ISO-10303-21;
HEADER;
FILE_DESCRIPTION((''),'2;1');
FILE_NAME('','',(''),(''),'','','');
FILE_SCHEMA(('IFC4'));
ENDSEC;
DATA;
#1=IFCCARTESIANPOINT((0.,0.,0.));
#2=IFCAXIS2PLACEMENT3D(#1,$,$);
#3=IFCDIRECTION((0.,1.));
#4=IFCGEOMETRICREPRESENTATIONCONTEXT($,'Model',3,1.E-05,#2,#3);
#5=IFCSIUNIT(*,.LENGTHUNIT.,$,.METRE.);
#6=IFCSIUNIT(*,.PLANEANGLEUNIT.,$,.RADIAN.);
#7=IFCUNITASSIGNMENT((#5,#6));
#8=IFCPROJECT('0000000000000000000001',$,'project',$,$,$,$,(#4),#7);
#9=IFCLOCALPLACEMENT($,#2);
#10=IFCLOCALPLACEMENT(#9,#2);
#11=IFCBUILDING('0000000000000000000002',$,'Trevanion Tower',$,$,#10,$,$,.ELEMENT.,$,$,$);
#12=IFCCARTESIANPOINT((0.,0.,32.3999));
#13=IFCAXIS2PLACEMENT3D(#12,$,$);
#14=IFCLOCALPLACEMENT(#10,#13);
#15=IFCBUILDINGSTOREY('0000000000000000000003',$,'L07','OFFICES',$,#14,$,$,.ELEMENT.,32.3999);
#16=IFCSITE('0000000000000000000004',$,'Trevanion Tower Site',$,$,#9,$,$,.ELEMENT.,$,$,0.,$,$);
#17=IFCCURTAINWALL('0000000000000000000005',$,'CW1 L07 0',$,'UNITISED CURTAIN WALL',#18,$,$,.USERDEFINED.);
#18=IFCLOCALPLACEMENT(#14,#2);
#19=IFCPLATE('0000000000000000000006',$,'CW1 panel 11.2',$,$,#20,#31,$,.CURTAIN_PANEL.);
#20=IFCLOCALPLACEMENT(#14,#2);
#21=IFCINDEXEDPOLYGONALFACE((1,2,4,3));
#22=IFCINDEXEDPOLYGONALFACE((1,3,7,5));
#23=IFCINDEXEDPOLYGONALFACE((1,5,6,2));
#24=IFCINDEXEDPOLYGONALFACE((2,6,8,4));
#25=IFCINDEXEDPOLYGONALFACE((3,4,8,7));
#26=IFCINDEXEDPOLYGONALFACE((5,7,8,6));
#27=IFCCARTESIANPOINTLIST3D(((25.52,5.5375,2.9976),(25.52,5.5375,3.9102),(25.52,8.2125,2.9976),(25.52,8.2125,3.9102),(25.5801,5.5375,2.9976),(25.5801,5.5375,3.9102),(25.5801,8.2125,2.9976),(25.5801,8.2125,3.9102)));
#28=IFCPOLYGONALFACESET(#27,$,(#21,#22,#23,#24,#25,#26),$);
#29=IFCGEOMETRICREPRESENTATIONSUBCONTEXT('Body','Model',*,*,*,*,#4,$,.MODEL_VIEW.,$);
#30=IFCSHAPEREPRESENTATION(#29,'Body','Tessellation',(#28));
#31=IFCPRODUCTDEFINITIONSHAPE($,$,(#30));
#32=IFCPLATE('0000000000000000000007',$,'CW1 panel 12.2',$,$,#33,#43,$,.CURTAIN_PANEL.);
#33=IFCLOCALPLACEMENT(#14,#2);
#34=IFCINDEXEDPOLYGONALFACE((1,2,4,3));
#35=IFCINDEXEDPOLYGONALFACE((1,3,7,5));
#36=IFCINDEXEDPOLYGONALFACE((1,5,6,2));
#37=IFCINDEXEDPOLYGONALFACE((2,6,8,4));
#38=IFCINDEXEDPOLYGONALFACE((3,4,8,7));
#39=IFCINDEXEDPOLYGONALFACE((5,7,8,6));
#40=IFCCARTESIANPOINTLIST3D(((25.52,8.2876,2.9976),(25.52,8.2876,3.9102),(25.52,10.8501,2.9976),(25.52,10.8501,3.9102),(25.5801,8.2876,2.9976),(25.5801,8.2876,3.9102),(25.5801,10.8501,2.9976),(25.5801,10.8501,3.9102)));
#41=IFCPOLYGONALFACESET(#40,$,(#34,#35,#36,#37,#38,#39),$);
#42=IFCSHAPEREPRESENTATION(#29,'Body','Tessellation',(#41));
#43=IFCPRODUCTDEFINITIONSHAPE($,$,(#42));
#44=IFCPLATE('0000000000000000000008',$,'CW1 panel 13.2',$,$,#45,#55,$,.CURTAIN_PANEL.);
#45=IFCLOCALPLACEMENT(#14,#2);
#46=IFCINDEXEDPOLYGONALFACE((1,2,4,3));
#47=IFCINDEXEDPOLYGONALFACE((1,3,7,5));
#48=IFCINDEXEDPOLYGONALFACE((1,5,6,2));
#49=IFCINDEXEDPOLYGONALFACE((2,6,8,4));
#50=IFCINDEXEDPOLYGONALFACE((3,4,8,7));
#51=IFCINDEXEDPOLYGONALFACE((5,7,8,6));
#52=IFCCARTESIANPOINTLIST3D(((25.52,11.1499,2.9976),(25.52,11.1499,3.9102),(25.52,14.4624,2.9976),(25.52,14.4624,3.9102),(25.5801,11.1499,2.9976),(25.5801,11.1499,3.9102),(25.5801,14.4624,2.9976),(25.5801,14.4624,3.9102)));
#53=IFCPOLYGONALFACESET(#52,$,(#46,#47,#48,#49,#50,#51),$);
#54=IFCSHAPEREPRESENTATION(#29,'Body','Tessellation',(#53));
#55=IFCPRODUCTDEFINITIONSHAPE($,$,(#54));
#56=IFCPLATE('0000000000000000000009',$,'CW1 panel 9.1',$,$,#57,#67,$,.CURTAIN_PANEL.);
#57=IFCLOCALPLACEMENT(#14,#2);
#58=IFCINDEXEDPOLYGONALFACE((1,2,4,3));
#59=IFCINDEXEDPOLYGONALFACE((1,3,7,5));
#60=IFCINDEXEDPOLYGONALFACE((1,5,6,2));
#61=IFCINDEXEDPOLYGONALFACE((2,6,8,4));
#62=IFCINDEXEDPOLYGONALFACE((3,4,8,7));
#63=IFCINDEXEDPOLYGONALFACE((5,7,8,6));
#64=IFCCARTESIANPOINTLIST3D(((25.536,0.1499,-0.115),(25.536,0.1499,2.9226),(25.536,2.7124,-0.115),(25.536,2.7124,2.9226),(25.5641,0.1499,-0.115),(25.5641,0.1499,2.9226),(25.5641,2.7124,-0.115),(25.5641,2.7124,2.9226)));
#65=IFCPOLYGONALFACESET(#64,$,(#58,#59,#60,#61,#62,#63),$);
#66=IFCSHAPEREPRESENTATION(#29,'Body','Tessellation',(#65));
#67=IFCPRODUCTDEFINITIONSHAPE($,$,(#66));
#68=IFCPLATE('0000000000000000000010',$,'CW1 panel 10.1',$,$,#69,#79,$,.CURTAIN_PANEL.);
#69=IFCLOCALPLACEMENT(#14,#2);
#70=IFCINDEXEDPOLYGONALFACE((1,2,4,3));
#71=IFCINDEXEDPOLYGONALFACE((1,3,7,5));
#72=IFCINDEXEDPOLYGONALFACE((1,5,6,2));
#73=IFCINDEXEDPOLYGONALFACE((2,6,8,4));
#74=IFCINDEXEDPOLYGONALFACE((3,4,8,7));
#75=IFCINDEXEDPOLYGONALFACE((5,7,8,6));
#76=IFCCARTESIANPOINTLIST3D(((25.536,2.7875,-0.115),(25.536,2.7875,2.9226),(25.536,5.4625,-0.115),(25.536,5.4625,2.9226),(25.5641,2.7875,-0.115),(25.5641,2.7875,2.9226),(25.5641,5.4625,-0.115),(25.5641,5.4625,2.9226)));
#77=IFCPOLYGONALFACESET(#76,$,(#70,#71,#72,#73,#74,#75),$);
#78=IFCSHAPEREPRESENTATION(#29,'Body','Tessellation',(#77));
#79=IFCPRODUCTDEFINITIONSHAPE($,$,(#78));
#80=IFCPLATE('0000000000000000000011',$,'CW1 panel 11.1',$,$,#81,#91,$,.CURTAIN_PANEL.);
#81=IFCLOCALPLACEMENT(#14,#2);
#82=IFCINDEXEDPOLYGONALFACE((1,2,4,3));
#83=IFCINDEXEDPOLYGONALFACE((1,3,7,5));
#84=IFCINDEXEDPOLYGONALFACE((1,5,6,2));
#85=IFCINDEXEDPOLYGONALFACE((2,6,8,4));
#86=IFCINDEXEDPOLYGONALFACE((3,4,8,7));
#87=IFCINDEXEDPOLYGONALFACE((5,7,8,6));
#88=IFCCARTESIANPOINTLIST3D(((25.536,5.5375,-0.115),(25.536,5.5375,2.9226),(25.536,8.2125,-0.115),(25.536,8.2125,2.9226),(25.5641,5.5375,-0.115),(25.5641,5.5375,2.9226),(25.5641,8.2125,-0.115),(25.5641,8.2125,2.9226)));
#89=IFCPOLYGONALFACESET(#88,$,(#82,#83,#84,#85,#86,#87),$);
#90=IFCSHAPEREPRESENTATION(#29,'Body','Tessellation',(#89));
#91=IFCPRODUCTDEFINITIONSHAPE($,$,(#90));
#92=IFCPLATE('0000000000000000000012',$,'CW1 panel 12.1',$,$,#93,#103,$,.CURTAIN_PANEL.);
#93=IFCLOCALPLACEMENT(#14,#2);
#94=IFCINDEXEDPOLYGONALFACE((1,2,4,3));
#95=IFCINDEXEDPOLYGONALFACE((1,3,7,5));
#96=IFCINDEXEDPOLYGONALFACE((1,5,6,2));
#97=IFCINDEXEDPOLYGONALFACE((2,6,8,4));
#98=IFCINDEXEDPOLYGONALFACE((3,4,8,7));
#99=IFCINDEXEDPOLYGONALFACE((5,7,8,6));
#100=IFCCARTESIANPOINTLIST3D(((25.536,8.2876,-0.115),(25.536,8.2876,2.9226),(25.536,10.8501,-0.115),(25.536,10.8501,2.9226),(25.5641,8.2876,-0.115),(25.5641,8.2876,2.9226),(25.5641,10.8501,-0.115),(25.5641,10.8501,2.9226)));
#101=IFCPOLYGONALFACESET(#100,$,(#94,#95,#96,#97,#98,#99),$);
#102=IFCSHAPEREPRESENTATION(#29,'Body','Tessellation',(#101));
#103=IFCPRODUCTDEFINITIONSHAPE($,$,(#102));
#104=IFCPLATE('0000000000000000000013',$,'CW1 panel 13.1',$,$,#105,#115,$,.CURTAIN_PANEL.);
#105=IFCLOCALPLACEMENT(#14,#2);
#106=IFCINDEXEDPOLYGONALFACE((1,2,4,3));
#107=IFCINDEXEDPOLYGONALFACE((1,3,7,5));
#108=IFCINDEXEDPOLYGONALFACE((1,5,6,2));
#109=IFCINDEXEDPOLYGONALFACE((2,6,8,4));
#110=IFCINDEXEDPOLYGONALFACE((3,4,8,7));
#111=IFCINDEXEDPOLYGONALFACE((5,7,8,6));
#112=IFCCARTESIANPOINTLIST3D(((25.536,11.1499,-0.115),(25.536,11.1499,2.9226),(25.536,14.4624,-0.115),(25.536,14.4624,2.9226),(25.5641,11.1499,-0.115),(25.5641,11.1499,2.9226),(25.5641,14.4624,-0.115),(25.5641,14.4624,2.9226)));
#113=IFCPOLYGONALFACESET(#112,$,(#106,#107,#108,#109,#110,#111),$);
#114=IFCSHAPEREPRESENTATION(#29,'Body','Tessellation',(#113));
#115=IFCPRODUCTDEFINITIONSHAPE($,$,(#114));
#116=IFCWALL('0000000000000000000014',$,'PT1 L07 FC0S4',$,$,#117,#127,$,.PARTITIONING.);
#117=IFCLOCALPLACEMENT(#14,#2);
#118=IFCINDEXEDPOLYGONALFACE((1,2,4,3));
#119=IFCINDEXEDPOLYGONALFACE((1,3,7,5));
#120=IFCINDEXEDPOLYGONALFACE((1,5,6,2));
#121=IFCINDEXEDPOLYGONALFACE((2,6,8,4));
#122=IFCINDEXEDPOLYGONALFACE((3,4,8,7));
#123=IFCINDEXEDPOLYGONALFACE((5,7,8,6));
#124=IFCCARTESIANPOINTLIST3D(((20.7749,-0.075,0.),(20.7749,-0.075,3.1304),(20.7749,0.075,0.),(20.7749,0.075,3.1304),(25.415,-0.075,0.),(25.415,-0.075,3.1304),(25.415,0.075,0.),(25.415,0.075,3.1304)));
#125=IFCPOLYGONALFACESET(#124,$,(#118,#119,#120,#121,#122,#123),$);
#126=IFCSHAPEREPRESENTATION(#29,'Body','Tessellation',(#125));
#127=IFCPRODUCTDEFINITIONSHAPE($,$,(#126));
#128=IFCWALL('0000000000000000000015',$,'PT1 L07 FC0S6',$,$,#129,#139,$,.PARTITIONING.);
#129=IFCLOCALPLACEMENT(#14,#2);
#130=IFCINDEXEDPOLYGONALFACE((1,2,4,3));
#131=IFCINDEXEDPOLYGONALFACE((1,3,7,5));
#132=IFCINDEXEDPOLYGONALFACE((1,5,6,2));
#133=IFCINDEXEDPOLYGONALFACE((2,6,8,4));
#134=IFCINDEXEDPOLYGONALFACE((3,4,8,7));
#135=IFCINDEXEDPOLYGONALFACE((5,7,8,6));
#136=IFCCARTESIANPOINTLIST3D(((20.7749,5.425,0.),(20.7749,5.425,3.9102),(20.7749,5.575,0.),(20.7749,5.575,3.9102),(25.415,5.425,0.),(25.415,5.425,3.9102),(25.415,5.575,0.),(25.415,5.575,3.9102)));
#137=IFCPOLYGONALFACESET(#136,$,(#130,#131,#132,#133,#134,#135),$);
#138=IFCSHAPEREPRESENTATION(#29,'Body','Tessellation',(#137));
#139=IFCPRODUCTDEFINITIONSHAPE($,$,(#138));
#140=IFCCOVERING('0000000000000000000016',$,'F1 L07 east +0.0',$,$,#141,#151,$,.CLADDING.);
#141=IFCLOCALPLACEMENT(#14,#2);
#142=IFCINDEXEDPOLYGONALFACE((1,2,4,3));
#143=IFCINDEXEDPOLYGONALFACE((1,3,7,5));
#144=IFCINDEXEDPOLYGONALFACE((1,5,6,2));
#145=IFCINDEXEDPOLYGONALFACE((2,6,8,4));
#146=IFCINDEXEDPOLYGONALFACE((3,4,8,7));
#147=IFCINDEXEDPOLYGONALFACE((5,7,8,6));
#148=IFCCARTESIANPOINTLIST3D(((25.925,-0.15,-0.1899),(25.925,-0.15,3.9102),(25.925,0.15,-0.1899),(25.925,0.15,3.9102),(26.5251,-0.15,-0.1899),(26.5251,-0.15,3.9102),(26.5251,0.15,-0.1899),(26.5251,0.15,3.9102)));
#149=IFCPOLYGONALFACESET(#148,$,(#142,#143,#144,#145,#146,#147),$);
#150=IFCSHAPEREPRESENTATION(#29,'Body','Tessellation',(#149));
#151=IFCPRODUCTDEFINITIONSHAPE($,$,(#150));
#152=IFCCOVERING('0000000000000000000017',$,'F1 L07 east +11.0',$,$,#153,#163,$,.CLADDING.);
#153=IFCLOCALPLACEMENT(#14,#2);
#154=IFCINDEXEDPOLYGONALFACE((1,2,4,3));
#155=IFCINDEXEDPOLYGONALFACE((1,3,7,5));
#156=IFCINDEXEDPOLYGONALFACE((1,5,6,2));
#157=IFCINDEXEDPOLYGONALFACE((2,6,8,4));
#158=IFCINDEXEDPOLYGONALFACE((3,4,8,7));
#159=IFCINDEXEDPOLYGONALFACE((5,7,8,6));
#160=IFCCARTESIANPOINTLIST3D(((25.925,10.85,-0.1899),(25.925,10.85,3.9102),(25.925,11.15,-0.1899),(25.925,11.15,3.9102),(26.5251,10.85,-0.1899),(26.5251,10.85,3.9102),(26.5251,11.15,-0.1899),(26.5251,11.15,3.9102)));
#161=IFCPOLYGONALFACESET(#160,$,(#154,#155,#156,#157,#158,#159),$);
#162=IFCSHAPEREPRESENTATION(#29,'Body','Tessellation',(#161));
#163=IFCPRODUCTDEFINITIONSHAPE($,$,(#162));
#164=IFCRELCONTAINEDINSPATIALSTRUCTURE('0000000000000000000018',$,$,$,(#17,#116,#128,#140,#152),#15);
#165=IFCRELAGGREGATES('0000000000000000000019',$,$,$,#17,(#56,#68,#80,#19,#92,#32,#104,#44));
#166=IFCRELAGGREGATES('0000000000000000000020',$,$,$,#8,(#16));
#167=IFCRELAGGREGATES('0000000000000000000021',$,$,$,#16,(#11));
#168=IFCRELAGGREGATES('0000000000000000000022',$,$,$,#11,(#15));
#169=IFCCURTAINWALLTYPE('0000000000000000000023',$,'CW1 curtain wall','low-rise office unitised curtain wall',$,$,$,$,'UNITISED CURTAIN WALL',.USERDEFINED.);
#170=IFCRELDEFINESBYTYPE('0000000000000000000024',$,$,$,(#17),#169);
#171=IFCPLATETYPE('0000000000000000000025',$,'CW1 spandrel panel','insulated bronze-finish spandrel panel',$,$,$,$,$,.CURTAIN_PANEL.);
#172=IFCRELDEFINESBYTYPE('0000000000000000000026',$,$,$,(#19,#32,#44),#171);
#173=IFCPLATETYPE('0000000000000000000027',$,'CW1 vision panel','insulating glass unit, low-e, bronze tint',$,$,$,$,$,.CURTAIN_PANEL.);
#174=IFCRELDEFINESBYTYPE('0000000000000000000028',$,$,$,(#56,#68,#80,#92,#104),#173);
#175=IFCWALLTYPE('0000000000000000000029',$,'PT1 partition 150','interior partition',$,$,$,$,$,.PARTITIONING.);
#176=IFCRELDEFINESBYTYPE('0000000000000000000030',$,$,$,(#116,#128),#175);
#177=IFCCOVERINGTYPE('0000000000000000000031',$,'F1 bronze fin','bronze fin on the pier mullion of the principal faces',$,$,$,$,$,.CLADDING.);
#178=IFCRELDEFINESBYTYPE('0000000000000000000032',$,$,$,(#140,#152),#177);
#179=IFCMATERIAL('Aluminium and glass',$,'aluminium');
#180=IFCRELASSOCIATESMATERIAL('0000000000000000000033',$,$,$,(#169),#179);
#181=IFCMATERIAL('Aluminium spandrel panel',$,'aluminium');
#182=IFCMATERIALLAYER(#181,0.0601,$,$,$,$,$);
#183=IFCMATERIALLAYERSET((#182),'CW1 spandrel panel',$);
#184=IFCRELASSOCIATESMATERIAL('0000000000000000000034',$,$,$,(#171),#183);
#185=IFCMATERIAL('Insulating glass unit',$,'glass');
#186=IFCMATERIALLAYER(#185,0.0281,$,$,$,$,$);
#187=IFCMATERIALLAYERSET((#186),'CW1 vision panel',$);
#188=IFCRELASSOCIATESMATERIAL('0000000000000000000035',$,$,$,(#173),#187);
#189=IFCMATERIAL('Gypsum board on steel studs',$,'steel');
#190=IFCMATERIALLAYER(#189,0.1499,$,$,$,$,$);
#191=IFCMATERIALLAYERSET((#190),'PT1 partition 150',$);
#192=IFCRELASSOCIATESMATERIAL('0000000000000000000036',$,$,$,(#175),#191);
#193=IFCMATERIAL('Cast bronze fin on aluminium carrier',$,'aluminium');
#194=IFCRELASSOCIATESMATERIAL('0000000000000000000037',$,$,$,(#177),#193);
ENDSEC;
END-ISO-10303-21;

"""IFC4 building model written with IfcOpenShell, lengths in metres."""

from ifc_helpers import new_model, si_unit, direction, frame, frame_2d, origin, origin_2d, place, context, subcontext, project, spatial, rectangle, extrude, material, layer, layer_set, type_object, element, aggregate, save


model = new_model("IFC4")

# Units and contexts
model_context = context("Model", 3, precision=1e-05, world=origin(), true_north=direction((0.0, 1.0)))
body_context = subcontext(model_context, "Body", "Model", "MODEL_VIEW")
ifc_project = project(units=[si_unit("LENGTHUNIT", "METRE"), si_unit("PLANEANGLEUNIT", "RADIAN")], contexts=[model_context])

# Site, building, storey
site_placement = place(None, origin())
site = spatial("IfcSite", under=ifc_project, at=site_placement, Name="Trevanion Tower Site", CompositionType="ELEMENT", RefElevation=0.0)
building_placement = place(site_placement, origin())
building = spatial("IfcBuilding", under=site, at=building_placement, Name="Trevanion Tower", CompositionType="ELEMENT")
storey_placement = place(building_placement, frame((0.0, 0.0, 32.3999)))
storey = spatial("IfcBuildingStorey", under=building, at=storey_placement, Name="L07", Description="OFFICES", CompositionType="ELEMENT", Elevation=32.3999)

# Curtain wall
ifc_material_1 = material(Name="Aluminium and glass", Category="aluminium")
curtain_wall_type = type_object("IfcCurtainWallType", Name="CW1 curtain wall", Description="low-rise office unitised curtain wall", ElementType="UNITISED CURTAIN WALL", PredefinedType="USERDEFINED", material=ifc_material_1)
curtain_wall_placement = place(storey_placement, origin())
curtain_wall = element("IfcCurtainWall", 1, at=curtain_wall_placement, inside=storey, type_object=curtain_wall_type, Name="CW1 L07 0", ObjectType="UNITISED CURTAIN WALL", PredefinedType="USERDEFINED")

# Plates
ifc_material_2 = material(Name="Aluminium spandrel panel", Category="aluminium")
ifc_layer_1 = layer(ifc_material_2, 0.0601)
ifc_layer_set_1 = layer_set([ifc_layer_1], Name="CW1 spandrel panel")
plate_type_1 = type_object("IfcPlateType", Name="CW1 spandrel panel", Description="insulated bronze-finish spandrel panel", PredefinedType="CURTAIN_PANEL", material=ifc_layer_set_1)
plate_1_placement = place(storey_placement, frame((25.55, 6.875, 2.9976), z_axis=(0.0, 0.0, 1.0), x_axis=(0.0, 1.0, 0.0)))
plate_1 = element("IfcPlate", 2, at=plate_1_placement, type_object=plate_type_1, Name="CW1 panel 11.2", PredefinedType="CURTAIN_PANEL", context=body_context, shape_type="SweptSolid", body=[
    extrude(rectangle(XDim=2.675, YDim=0.0601, at=origin_2d()), origin(), (0.0, 0.0, 1.0), 0.9126),
])
plate_2_placement = place(storey_placement, frame((25.55, 9.5688, 2.9976), z_axis=(0.0, 0.0, 1.0), x_axis=(0.0, 1.0, 0.0)))
plate_2 = element("IfcPlate", 3, at=plate_2_placement, type_object=plate_type_1, Name="CW1 panel 12.2", PredefinedType="CURTAIN_PANEL", context=body_context, shape_type="SweptSolid", body=[
    extrude(rectangle(XDim=2.5625, YDim=0.0601, at=origin_2d()), origin(), (0.0, 0.0, 1.0), 0.9126),
])
plate_3_placement = place(storey_placement, frame((25.55, 12.8062, 2.9976), z_axis=(0.0, 0.0, 1.0), x_axis=(0.0, 1.0, 0.0)))
plate_3 = element("IfcPlate", 4, at=plate_3_placement, type_object=plate_type_1, Name="CW1 panel 13.2", PredefinedType="CURTAIN_PANEL", context=body_context, shape_type="SweptSolid", body=[
    extrude(rectangle(XDim=3.3125, YDim=0.0601, at=origin_2d()), origin(), (0.0, 0.0, 1.0), 0.9126),
])
ifc_material_3 = material(Name="Insulating glass unit", Category="glass")
ifc_layer_2 = layer(ifc_material_3, 0.0281)
ifc_layer_set_2 = layer_set([ifc_layer_2], Name="CW1 vision panel")
plate_type_2 = type_object("IfcPlateType", Name="CW1 vision panel", Description="insulating glass unit, low-e, bronze tint", PredefinedType="CURTAIN_PANEL", material=ifc_layer_set_2)
plate_4_placement = place(storey_placement, frame((25.55, 1.4312, -0.115), z_axis=(0.0, 0.0, 1.0), x_axis=(0.0, 1.0, 0.0)))
plate_4 = element("IfcPlate", 5, at=plate_4_placement, type_object=plate_type_2, Name="CW1 panel 9.1", PredefinedType="CURTAIN_PANEL", context=body_context, shape_type="SweptSolid", body=[
    extrude(rectangle(XDim=2.5625, YDim=0.0281, at=origin_2d()), origin(), (0.0, 0.0, 1.0), 3.0376),
])
plate_5_placement = place(storey_placement, frame((25.55, 4.125, -0.115), z_axis=(0.0, 0.0, 1.0), x_axis=(0.0, 1.0, 0.0)))
plate_5 = element("IfcPlate", 6, at=plate_5_placement, type_object=plate_type_2, Name="CW1 panel 10.1", PredefinedType="CURTAIN_PANEL", context=body_context, shape_type="SweptSolid", body=[
    extrude(rectangle(XDim=2.675, YDim=0.0281, at=origin_2d()), origin(), (0.0, 0.0, 1.0), 3.0376),
])
plate_6_placement = place(storey_placement, frame((25.55, 6.875, -0.115), z_axis=(0.0, 0.0, 1.0), x_axis=(0.0, 1.0, 0.0)))
plate_6 = element("IfcPlate", 7, at=plate_6_placement, type_object=plate_type_2, Name="CW1 panel 11.1", PredefinedType="CURTAIN_PANEL", context=body_context, shape_type="SweptSolid", body=[
    extrude(rectangle(XDim=2.675, YDim=0.0281, at=origin_2d()), origin(), (0.0, 0.0, 1.0), 3.0376),
])
plate_7_placement = place(storey_placement, frame((25.55, 9.5688, -0.115), z_axis=(0.0, 0.0, 1.0), x_axis=(0.0, 1.0, 0.0)))
plate_7 = element("IfcPlate", 8, at=plate_7_placement, type_object=plate_type_2, Name="CW1 panel 12.1", PredefinedType="CURTAIN_PANEL", context=body_context, shape_type="SweptSolid", body=[
    extrude(rectangle(XDim=2.5625, YDim=0.0281, at=origin_2d()), origin(), (0.0, 0.0, 1.0), 3.0376),
])
plate_8_placement = place(storey_placement, frame((25.55, 12.8062, -0.115), z_axis=(0.0, 0.0, 1.0), x_axis=(0.0, 1.0, 0.0)))
plate_8 = element("IfcPlate", 9, at=plate_8_placement, type_object=plate_type_2, Name="CW1 panel 13.1", PredefinedType="CURTAIN_PANEL", context=body_context, shape_type="SweptSolid", body=[
    extrude(rectangle(XDim=3.3125, YDim=0.0281, at=origin_2d()), origin(), (0.0, 0.0, 1.0), 3.0376),
])
aggregate(curtain_wall, [plate_4, plate_5, plate_6, plate_1, plate_7, plate_2, plate_8, plate_3])

# Walls
ifc_material_4 = material(Name="Gypsum board on steel studs", Category="steel")
ifc_layer_3 = layer(ifc_material_4, 0.1499)
ifc_layer_set_3 = layer_set([ifc_layer_3], Name="PT1 partition 150")
wall_type = type_object("IfcWallType", Name="PT1 partition 150", Description="interior partition", PredefinedType="PARTITIONING", material=ifc_layer_set_3)
wall_1_placement = place(storey_placement, frame((20.7749, 0.0, 0.0), z_axis=(0.0, 0.0, 1.0), x_axis=(1.0, 0.0, 0.0)))
element("IfcWall", 10, at=wall_1_placement, inside=storey, type_object=wall_type, Name="PT1 L07 FC0S4", PredefinedType="PARTITIONING", context=body_context, shape_type="SweptSolid", body=[
    extrude(rectangle(XDim=4.6401, YDim=0.1499, at=frame_2d((2.3201, 0.0))), origin(), (0.0, 0.0, 1.0), 3.1304),
])
wall_2_placement = place(storey_placement, frame((20.7749, 5.5, 0.0), z_axis=(0.0, 0.0, 1.0), x_axis=(1.0, 0.0, 0.0)))
element("IfcWall", 11, at=wall_2_placement, inside=storey, type_object=wall_type, Name="PT1 L07 FC0S6", PredefinedType="PARTITIONING", context=body_context, shape_type="SweptSolid", body=[
    extrude(rectangle(XDim=4.6401, YDim=0.1499, at=frame_2d((2.3201, 0.0))), origin(), (0.0, 0.0, 1.0), 3.9102),
])

# Coverings
ifc_material_5 = material(Name="Cast bronze fin on aluminium carrier", Category="aluminium")
covering_type = type_object("IfcCoveringType", Name="F1 bronze fin", Description="bronze fin on the pier mullion of the principal faces", PredefinedType="CLADDING", material=ifc_material_5)
for number, where, z_axis, x_axis, name in (
    (12, (26.2251, 0.0, -0.1899), (0.0, 0.0, 1.0), (0.0, 1.0, 0.0), "F1 L07 east +0.0"),
    (13, (26.2251, 11.0, -0.1899), (0.0, 0.0, 1.0), (0.0, 1.0, 0.0), "F1 L07 east +11.0"),
):
    element("IfcCovering", number, at=place(storey_placement, frame(where, z_axis=z_axis, x_axis=x_axis)), inside=storey, type_object=covering_type, Name=name, PredefinedType="CLADDING", context=body_context, shape_type="SweptSolid", body=[
        extrude(rectangle(XDim=0.3, YDim=0.6001, at=origin_2d()), origin(), (0.0, 0.0, 1.0), 4.1001),
    ])

save(model, "model.ifc")
